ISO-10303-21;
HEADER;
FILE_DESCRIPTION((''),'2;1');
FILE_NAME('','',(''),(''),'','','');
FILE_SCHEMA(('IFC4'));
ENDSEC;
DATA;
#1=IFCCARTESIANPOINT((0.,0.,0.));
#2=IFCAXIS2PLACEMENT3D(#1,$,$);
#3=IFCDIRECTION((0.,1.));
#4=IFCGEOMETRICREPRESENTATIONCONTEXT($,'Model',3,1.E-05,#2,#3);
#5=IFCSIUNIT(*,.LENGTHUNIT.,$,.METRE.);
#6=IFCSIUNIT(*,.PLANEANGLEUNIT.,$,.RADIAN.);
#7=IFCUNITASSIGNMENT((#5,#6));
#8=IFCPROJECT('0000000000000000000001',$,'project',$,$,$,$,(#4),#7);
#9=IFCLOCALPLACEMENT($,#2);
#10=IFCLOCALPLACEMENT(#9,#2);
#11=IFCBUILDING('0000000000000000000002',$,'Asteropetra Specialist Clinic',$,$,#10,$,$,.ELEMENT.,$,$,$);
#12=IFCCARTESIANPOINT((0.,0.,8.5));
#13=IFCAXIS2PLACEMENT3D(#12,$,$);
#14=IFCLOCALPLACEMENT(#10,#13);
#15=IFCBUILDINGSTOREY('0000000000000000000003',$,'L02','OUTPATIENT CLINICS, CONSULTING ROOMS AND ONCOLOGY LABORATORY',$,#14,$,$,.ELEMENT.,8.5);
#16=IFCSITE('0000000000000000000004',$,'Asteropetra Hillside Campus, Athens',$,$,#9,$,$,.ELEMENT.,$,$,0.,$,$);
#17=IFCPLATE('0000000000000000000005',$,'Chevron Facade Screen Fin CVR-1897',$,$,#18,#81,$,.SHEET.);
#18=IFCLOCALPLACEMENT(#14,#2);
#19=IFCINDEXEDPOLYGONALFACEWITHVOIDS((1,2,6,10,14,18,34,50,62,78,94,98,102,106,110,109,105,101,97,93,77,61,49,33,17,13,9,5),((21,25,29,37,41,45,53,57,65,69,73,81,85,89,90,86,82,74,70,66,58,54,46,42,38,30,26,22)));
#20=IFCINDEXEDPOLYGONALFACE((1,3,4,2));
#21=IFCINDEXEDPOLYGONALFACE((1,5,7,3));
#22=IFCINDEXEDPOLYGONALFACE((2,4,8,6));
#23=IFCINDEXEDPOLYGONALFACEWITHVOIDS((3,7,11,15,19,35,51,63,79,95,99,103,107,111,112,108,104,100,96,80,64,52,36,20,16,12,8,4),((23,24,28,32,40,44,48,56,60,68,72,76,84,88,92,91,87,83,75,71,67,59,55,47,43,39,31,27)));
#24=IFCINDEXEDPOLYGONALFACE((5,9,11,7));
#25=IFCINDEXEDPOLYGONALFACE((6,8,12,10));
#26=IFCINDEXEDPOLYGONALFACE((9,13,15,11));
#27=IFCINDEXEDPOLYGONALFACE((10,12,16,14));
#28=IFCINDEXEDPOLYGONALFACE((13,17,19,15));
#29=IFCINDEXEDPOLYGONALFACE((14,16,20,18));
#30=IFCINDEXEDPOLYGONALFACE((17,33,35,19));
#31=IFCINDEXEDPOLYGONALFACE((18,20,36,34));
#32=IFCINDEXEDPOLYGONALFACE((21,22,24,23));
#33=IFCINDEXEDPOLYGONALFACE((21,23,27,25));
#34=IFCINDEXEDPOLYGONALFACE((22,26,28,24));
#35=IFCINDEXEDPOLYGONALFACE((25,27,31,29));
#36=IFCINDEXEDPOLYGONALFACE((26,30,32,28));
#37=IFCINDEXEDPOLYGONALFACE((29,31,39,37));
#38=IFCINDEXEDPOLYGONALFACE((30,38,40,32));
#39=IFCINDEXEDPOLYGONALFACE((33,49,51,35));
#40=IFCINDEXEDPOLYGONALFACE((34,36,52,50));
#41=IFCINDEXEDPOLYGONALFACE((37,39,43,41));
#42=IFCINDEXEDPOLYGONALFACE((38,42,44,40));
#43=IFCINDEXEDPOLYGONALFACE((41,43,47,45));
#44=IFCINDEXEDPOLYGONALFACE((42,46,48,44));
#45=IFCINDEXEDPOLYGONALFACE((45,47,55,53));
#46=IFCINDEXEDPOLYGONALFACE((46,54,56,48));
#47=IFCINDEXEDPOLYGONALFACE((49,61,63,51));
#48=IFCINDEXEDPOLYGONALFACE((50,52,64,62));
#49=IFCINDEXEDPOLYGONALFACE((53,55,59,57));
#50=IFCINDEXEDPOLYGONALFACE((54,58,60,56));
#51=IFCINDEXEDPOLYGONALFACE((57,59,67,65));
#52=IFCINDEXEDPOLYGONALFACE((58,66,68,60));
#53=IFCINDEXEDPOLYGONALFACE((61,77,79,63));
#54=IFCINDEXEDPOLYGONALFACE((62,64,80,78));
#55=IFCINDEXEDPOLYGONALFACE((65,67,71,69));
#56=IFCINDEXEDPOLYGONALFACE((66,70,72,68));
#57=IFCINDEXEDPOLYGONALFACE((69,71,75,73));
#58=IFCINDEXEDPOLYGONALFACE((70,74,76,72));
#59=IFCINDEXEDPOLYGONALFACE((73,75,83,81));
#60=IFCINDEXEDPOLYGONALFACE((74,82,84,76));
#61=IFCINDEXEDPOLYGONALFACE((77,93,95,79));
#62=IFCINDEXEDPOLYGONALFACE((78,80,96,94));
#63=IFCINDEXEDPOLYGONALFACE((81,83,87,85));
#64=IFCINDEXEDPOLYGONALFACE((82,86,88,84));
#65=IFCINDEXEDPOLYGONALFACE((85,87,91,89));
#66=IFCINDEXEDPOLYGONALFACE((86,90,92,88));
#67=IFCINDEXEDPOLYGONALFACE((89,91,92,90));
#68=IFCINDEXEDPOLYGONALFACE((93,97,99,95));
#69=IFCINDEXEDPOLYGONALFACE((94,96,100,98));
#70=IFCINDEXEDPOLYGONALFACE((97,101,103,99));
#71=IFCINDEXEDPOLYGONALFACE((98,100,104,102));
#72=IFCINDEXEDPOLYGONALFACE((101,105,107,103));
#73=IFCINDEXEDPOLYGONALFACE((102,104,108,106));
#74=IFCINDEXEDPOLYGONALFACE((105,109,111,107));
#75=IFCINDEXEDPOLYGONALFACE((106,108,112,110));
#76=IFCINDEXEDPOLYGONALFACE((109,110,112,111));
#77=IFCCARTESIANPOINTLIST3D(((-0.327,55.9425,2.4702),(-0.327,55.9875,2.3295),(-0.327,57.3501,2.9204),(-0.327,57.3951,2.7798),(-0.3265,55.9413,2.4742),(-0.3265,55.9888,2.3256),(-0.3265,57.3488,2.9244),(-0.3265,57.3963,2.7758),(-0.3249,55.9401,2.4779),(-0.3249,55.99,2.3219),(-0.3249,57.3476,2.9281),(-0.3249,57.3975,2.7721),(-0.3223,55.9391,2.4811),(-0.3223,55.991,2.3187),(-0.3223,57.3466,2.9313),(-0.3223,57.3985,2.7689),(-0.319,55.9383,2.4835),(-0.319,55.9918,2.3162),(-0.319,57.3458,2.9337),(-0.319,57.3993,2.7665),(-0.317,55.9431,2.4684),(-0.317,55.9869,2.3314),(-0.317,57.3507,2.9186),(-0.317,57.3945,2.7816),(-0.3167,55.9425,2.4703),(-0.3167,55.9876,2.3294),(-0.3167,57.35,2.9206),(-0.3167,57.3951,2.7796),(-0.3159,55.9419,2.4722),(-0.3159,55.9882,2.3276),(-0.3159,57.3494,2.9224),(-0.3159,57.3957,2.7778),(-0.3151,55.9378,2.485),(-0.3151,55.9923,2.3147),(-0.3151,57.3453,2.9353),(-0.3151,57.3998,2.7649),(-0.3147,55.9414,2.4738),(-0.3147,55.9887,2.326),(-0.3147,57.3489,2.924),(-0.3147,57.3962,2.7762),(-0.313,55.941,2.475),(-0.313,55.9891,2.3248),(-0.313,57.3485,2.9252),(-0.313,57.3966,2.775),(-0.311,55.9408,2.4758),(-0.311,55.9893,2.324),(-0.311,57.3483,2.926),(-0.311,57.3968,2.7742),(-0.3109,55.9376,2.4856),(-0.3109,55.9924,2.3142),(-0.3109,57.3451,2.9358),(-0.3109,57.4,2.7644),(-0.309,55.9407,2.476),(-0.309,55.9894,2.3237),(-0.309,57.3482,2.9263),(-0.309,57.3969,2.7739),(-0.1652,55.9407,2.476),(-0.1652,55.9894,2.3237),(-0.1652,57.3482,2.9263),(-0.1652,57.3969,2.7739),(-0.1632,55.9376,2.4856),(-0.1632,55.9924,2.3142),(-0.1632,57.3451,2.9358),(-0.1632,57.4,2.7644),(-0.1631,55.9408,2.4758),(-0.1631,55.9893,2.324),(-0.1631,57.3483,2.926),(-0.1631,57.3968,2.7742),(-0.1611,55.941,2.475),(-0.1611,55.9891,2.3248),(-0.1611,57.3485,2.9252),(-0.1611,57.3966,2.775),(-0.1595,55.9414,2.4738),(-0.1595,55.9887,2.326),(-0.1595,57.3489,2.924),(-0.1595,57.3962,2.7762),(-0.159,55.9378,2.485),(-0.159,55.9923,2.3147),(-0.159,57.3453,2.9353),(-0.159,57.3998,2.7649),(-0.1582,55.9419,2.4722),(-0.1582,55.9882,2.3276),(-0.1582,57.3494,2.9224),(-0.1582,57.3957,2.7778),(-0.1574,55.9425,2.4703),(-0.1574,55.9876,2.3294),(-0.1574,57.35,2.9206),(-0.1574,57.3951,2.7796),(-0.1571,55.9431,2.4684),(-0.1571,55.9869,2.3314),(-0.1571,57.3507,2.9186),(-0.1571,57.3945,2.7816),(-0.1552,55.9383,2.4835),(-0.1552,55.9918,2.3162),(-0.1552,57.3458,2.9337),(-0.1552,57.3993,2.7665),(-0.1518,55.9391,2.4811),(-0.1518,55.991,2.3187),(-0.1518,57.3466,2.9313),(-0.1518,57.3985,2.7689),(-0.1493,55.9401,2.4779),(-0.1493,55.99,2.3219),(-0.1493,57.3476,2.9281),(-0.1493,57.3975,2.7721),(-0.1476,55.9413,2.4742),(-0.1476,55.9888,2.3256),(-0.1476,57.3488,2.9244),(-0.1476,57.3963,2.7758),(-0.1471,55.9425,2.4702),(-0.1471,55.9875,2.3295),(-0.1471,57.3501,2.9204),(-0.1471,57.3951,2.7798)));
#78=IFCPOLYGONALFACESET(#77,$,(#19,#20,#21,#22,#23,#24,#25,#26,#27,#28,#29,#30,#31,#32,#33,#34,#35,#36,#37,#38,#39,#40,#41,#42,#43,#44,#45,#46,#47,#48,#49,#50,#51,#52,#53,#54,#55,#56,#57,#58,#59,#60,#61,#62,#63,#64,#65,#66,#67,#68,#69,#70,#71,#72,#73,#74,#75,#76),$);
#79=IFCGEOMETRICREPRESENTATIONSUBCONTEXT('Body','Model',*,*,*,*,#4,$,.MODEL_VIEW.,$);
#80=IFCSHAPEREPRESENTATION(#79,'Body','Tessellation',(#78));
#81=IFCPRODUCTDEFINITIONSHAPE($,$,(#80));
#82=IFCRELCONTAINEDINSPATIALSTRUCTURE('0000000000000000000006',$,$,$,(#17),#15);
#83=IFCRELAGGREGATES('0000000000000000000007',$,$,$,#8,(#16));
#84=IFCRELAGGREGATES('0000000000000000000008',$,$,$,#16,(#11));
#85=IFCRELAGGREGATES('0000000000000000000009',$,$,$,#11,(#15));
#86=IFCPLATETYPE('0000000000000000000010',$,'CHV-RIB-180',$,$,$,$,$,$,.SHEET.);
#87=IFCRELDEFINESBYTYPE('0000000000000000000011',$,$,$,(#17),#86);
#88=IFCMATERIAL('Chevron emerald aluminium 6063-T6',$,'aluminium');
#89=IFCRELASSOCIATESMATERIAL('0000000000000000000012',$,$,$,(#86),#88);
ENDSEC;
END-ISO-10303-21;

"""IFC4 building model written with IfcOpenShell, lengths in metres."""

from ifc_helpers import new_model, si_unit, direction, frame, origin, origin_2d, place, context, subcontext, project, spatial, hollow_rectangle, extrude, material, material_profile, profile_set, type_object, element, save


model = new_model("IFC4")

# Units and contexts
model_context = context("Model", 3, precision=1e-05, world=origin(), true_north=direction((0.0, 1.0)))
body_context = subcontext(model_context, "Body", "Model", "MODEL_VIEW")
ifc_project = project(units=[si_unit("LENGTHUNIT", "METRE"), si_unit("PLANEANGLEUNIT", "RADIAN")], contexts=[model_context])

# Site, building, storey
site_placement = place(None, origin())
site = spatial("IfcSite", under=ifc_project, at=site_placement, Name="Asteropetra Hillside Campus, Athens", CompositionType="ELEMENT", RefElevation=0.0)
building_placement = place(site_placement, origin())
building = spatial("IfcBuilding", under=site, at=building_placement, Name="Asteropetra Specialist Clinic", CompositionType="ELEMENT")
storey_placement = place(building_placement, frame((0.0, 0.0, 8.5)))
storey = spatial("IfcBuildingStorey", under=building, at=storey_placement, Name="L02", Description="OUTPATIENT CLINICS, CONSULTING ROOMS AND ONCOLOGY LABORATORY", CompositionType="ELEMENT", Elevation=8.5)

# Plate
ifc_material = material(Name="Chevron emerald aluminium 6063-T6", Category="aluminium")
ifc_material_profile = material_profile(ifc_material, hollow_rectangle(XDim=0.1799, YDim=0.1799, WallThickness=0.01, InnerFilletRadius=0.0081, OuterFilletRadius=0.0161, at=origin_2d()), Name="SHS 180x180x10.0")
ifc_profile_set = profile_set([ifc_material_profile], Name="Chevron emerald aluminium 6063-T6")
plate_type = type_object("IfcPlateType", Name="CHV-RIB-180", PredefinedType="SHEET", material=ifc_profile_set)
for number, where, z_axis, x_axis, name in (
    (1, (-0.2371, 57.3726, 2.8501), (0.0, -0.952463, -0.304656), (1.0, 0.0, 0.0), "Chevron Facade Screen Fin CVR-1897"),
):
    element("IfcPlate", number, at=place(storey_placement, frame(where, z_axis=z_axis, x_axis=x_axis)), inside=storey, type_object=plate_type, Name=name, PredefinedType="SHEET", context=body_context, shape_type="SweptSolid", body=[
        extrude(hollow_rectangle(XDim=0.1799, YDim=0.1799, WallThickness=0.01, InnerFilletRadius=0.0081, OuterFilletRadius=0.0161, at=origin_2d()), origin(), (0.0, 0.0, 1.0), 1.4778),
    ])

save(model, "model.ifc")
